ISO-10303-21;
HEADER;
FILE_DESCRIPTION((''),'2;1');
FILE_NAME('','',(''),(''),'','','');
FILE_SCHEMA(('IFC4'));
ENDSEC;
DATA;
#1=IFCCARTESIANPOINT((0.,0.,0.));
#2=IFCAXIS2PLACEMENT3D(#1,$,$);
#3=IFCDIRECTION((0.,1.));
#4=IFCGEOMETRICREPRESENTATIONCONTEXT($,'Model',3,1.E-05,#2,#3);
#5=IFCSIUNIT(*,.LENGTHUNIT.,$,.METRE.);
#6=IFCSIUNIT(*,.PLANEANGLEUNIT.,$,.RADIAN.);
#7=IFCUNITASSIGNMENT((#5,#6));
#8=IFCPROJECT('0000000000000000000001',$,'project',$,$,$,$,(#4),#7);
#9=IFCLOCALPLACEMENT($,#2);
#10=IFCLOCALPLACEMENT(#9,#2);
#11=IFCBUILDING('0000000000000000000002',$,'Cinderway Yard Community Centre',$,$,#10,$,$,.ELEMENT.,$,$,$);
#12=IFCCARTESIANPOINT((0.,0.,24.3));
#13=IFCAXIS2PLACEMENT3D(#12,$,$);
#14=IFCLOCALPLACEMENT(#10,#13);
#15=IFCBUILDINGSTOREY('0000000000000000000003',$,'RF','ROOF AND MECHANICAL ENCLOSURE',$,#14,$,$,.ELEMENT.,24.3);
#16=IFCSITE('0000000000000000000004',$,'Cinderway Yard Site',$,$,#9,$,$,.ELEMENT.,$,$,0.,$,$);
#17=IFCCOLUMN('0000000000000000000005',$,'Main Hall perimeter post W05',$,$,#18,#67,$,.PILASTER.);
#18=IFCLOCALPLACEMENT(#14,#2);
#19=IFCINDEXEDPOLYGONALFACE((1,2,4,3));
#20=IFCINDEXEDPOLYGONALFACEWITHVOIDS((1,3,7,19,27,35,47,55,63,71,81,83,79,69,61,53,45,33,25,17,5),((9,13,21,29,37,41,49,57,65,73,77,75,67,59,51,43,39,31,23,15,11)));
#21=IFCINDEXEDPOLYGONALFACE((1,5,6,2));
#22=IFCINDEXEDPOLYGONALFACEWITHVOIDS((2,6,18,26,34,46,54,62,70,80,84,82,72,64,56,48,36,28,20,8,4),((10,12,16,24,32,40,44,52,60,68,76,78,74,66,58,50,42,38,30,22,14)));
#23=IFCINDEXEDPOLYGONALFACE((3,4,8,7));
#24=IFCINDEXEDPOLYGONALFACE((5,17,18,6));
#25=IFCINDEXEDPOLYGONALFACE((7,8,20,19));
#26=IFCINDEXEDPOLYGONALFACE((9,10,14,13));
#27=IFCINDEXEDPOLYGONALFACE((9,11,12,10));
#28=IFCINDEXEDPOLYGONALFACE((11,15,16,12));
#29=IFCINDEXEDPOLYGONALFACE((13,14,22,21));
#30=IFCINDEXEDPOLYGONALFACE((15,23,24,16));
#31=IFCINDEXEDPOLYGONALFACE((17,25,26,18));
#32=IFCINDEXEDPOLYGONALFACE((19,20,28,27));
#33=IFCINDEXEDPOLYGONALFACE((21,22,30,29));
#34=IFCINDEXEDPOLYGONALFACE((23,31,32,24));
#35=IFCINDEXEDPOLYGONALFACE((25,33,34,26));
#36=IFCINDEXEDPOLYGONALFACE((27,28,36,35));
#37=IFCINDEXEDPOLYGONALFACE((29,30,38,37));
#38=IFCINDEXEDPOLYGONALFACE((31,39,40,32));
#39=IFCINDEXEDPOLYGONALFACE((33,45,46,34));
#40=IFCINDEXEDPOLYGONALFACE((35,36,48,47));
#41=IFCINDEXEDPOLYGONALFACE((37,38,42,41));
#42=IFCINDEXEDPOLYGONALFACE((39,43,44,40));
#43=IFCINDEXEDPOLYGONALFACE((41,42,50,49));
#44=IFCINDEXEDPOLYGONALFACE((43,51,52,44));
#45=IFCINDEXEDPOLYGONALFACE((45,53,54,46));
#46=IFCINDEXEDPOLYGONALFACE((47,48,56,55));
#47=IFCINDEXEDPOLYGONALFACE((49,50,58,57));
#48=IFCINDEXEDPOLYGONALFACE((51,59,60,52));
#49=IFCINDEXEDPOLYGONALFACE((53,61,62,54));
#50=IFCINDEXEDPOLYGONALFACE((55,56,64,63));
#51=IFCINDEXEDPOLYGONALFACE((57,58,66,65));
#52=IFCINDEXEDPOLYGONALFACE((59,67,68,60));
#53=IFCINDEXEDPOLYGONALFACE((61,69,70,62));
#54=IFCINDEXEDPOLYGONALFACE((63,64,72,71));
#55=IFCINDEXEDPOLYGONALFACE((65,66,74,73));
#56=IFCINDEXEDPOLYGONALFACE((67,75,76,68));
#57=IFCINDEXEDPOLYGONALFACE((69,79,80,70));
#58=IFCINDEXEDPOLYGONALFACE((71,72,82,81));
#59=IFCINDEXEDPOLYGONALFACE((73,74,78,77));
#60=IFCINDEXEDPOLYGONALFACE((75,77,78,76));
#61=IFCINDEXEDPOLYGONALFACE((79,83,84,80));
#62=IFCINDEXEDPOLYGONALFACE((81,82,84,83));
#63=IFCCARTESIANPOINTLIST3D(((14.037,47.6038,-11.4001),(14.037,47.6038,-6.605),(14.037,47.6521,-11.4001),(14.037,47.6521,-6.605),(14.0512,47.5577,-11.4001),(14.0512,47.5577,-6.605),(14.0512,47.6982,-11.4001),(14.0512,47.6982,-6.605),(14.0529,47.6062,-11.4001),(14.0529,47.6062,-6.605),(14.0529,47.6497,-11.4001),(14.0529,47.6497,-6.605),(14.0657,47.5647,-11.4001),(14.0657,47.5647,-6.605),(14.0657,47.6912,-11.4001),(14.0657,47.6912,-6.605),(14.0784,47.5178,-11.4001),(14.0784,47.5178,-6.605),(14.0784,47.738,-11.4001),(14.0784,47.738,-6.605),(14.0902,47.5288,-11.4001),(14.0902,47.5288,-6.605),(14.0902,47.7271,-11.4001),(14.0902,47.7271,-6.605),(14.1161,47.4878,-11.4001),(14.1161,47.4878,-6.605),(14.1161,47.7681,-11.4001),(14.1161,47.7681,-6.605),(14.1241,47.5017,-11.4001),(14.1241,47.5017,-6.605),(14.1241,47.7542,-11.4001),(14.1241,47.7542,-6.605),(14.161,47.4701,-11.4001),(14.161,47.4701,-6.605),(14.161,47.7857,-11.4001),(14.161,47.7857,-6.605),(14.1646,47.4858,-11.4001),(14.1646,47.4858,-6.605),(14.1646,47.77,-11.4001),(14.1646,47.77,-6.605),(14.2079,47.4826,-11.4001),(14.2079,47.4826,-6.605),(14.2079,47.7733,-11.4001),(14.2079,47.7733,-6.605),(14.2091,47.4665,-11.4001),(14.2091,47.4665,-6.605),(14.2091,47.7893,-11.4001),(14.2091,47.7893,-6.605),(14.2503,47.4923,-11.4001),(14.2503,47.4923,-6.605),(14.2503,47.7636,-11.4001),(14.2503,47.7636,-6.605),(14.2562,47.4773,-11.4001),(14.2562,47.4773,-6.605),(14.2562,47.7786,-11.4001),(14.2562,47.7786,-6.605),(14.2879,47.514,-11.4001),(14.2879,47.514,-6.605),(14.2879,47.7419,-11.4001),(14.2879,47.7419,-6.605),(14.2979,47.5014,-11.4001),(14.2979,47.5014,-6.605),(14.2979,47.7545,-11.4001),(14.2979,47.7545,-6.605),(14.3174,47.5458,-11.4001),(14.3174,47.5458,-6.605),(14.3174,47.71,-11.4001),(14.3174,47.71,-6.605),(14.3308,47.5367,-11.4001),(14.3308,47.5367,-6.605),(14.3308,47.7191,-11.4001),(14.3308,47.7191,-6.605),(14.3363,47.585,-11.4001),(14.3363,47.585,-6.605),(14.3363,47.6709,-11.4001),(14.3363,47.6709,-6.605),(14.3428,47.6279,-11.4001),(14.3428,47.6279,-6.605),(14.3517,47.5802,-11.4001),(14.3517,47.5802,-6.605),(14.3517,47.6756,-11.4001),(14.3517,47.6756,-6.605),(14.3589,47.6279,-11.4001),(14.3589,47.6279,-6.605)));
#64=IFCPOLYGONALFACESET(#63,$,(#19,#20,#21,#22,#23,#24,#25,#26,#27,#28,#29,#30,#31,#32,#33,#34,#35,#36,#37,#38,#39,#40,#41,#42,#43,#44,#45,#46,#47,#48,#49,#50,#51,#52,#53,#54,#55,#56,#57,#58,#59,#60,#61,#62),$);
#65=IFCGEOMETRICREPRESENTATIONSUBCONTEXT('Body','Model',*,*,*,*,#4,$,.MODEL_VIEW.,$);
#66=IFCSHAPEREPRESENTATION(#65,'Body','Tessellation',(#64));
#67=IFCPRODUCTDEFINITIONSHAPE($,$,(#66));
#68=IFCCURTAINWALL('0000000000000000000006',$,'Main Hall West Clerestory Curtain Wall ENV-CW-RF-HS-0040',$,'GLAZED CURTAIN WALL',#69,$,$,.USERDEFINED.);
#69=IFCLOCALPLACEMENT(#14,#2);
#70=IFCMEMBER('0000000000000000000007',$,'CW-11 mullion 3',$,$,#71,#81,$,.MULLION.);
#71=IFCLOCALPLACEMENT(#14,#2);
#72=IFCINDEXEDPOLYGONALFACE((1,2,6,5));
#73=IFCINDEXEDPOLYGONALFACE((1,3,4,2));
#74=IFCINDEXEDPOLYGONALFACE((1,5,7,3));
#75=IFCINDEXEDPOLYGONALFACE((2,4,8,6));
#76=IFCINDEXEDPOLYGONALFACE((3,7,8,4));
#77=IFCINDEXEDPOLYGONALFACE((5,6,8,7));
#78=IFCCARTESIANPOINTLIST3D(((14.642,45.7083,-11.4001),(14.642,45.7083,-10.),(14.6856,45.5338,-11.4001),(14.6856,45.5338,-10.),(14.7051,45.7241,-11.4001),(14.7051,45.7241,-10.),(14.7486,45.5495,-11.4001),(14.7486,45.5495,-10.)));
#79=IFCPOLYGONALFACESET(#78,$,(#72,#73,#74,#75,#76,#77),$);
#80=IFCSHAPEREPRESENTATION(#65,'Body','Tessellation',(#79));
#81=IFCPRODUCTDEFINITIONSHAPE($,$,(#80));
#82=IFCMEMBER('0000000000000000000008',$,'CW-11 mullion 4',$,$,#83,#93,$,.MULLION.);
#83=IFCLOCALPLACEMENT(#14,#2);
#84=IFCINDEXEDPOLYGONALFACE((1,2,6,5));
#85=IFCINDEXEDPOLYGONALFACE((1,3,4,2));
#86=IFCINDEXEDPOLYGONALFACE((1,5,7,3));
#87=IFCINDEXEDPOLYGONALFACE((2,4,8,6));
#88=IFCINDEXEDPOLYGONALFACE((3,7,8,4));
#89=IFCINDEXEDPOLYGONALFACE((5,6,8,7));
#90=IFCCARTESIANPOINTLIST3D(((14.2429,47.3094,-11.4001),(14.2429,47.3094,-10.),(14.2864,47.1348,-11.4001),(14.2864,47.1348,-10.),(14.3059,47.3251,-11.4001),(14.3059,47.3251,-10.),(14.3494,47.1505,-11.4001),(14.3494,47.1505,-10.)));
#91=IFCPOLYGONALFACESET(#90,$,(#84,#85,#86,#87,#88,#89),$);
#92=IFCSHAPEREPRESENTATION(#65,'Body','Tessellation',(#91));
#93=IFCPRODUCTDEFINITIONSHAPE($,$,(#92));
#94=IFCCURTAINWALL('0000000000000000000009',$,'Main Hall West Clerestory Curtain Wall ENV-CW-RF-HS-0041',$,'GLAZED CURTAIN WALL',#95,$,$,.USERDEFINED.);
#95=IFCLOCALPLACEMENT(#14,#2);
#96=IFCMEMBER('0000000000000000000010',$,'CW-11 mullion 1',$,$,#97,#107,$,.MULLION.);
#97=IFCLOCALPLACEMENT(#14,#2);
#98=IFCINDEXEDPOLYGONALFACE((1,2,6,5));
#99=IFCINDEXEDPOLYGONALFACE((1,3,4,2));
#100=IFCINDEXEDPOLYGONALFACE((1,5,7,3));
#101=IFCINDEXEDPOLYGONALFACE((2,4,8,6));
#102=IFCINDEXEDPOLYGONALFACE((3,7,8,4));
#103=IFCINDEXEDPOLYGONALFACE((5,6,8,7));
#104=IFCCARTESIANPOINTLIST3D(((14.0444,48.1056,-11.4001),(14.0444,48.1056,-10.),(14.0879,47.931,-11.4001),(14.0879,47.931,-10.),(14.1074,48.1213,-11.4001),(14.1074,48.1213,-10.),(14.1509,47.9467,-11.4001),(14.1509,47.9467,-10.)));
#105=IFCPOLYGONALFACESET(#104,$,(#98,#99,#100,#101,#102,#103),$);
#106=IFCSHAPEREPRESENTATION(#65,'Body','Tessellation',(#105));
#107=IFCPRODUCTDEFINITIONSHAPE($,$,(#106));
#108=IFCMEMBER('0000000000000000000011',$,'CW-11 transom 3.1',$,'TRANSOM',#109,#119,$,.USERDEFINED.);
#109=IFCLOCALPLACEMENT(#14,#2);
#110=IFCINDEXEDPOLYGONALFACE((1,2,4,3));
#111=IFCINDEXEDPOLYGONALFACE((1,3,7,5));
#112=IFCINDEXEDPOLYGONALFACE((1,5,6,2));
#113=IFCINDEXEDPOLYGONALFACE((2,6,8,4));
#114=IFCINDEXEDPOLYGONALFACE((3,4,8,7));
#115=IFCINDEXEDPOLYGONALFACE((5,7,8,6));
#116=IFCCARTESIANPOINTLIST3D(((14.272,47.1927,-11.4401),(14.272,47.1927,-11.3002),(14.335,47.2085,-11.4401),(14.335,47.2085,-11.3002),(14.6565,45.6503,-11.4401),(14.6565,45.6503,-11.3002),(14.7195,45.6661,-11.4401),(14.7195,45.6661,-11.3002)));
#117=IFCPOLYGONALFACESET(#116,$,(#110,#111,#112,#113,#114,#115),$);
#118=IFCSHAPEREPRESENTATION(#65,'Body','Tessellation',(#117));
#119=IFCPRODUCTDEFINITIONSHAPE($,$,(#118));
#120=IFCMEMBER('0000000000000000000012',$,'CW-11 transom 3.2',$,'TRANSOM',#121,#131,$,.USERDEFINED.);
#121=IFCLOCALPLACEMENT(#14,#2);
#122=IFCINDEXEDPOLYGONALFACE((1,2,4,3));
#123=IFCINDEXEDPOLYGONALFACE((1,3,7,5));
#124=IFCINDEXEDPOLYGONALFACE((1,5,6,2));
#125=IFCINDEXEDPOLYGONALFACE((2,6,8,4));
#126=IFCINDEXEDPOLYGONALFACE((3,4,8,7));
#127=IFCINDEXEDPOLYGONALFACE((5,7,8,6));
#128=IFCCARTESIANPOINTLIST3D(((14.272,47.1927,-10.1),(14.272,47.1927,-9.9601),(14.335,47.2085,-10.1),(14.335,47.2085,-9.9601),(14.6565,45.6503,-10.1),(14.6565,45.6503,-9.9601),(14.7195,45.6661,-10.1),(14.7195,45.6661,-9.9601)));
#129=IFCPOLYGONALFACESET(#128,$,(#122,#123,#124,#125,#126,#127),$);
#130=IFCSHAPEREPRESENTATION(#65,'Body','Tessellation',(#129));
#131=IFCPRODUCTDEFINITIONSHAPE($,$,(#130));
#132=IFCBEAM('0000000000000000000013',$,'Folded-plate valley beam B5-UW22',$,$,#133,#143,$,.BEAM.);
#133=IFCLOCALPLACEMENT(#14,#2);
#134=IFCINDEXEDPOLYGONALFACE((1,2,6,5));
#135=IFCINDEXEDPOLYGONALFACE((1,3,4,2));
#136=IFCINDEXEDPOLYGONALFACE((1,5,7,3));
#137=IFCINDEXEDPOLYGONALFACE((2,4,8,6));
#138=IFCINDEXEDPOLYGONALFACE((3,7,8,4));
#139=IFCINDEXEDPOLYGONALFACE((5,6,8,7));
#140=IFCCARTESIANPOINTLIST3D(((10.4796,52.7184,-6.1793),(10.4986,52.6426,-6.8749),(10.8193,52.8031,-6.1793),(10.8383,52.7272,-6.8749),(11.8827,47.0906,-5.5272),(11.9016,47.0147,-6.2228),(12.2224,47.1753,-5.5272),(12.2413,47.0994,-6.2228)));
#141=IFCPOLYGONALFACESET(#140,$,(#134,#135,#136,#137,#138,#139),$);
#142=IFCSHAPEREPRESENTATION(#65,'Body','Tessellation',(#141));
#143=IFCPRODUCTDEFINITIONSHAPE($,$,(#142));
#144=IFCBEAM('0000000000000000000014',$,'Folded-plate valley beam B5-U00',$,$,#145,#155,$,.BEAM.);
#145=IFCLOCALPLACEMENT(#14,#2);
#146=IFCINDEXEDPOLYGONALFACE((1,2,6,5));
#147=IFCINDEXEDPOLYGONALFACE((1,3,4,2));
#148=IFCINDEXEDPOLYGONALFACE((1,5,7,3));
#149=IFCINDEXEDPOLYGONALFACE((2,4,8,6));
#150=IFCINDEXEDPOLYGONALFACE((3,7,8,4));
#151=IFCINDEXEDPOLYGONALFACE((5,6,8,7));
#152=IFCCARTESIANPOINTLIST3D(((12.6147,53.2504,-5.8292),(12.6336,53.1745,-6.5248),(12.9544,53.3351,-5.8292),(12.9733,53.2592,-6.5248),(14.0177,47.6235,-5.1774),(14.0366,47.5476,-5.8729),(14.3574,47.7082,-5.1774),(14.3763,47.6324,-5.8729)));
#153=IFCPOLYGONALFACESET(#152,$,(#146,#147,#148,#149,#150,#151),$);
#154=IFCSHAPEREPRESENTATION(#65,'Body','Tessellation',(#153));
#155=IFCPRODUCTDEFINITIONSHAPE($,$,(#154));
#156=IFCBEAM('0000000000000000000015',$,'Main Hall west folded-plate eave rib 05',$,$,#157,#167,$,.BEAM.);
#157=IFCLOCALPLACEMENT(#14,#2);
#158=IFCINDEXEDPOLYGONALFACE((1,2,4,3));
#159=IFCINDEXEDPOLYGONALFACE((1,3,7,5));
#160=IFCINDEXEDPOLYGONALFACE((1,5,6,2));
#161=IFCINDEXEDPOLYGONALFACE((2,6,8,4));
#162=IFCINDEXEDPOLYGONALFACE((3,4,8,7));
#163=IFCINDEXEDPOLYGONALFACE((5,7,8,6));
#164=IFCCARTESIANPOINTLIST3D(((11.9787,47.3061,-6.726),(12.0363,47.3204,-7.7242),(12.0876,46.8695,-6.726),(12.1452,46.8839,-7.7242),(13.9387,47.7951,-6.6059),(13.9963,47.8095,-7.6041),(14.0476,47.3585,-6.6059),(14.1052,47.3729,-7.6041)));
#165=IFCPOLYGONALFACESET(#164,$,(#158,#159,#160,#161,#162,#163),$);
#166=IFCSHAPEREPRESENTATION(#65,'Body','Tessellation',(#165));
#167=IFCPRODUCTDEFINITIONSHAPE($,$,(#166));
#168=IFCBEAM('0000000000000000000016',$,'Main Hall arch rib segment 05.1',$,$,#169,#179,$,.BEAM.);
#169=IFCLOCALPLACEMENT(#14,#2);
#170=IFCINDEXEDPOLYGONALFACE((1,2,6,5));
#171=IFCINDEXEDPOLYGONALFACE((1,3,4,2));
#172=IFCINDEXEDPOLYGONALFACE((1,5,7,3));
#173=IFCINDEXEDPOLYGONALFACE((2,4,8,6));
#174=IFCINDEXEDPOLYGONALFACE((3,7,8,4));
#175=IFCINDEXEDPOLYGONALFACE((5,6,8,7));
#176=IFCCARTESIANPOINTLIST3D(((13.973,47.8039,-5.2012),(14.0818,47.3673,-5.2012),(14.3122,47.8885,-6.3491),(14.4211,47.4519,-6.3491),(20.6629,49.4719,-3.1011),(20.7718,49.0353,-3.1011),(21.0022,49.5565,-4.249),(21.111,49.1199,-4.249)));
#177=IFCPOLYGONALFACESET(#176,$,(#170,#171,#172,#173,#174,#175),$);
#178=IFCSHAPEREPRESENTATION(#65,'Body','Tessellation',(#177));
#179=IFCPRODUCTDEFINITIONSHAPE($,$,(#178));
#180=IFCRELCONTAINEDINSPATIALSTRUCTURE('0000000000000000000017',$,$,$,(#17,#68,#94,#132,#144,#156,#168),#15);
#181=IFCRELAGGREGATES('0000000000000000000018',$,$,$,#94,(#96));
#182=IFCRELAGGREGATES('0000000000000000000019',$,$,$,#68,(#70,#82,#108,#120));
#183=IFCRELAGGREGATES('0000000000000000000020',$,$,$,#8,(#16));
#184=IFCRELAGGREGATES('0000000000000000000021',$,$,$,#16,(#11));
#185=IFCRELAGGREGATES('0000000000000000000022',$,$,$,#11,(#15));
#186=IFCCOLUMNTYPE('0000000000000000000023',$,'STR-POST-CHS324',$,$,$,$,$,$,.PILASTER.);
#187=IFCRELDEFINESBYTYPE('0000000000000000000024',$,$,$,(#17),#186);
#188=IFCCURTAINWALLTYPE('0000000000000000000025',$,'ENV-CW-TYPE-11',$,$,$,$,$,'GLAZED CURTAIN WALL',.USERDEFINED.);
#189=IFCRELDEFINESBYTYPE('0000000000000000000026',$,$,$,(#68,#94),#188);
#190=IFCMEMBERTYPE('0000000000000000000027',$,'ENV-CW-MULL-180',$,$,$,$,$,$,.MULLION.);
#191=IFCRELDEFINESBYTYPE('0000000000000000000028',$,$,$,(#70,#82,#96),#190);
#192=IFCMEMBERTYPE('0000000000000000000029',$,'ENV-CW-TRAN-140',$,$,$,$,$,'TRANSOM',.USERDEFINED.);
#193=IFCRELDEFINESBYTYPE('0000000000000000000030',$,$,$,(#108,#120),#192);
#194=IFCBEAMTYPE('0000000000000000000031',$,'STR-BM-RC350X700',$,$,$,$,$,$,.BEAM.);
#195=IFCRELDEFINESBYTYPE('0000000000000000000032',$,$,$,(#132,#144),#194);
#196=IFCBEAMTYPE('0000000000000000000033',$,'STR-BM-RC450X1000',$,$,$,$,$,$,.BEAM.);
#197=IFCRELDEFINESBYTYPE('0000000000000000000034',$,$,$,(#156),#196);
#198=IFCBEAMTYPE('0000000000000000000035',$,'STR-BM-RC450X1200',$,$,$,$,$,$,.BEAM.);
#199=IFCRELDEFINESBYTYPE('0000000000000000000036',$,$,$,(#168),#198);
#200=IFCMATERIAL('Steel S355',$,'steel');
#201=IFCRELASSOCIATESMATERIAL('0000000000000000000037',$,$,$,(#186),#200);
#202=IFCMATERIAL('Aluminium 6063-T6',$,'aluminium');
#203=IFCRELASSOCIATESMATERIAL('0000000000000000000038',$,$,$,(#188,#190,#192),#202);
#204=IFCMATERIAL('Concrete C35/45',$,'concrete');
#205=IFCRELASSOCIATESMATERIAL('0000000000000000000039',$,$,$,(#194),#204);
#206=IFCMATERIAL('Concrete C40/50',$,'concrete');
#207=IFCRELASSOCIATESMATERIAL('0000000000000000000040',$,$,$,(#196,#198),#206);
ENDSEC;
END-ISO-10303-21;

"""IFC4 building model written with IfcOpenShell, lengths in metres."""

from ifc_helpers import new_model, si_unit, direction, frame, origin, origin_2d, place, context, subcontext, project, spatial, rectangle, hollow_circle, extrude, material, material_profile, profile_set, type_object, element, aggregate, save


model = new_model("IFC4")

# Units and contexts
model_context = context("Model", 3, precision=1e-05, world=origin(), true_north=direction((0.0, 1.0)))
body_context = subcontext(model_context, "Body", "Model", "MODEL_VIEW")
ifc_project = project(units=[si_unit("LENGTHUNIT", "METRE"), si_unit("PLANEANGLEUNIT", "RADIAN")], contexts=[model_context])

# Site, building, storey
site_placement = place(None, origin())
site = spatial("IfcSite", under=ifc_project, at=site_placement, Name="Cinderway Yard Site", CompositionType="ELEMENT", RefElevation=0.0)
building_placement = place(site_placement, origin())
building = spatial("IfcBuilding", under=site, at=building_placement, Name="Cinderway Yard Community Centre", CompositionType="ELEMENT")
storey_placement = place(building_placement, frame((0.0, 0.0, 24.3)))
storey = spatial("IfcBuildingStorey", under=building, at=storey_placement, Name="RF", Description="ROOF AND MECHANICAL ENCLOSURE", CompositionType="ELEMENT", Elevation=24.3)

# Column
ifc_material_1 = material(Name="Steel S355", Category="steel")
ifc_material_profile_1 = material_profile(ifc_material_1, hollow_circle(Radius=0.1619, WallThickness=0.0161, at=origin_2d()), Name="Steel S355")
ifc_profile_set_1 = profile_set([ifc_material_profile_1], Name="Steel S355")
column_type = type_object("IfcColumnType", Name="STR-POST-CHS324", PredefinedType="PILASTER", material=ifc_profile_set_1)
column_placement = place(storey_placement, frame((14.197, 47.6279, -11.4001), z_axis=(0.0, 0.0, 1.0), x_axis=(1.0, 0.0, 0.0)))
element("IfcColumn", 1, at=column_placement, inside=storey, type_object=column_type, Name="Main Hall perimeter post W05", PredefinedType="PILASTER", context=body_context, shape_type="SweptSolid", body=[
    extrude(hollow_circle(Radius=0.1619, WallThickness=0.0161, at=origin_2d()), origin(), (0.0, 0.0, 1.0), 4.7952),
])

# Curtain wall, members
ifc_material_2 = material(Name="Aluminium 6063-T6", Category="aluminium")
curtain_wall_type = type_object("IfcCurtainWallType", Name="ENV-CW-TYPE-11", ElementType="GLAZED CURTAIN WALL", PredefinedType="USERDEFINED", material=ifc_material_2)
curtain_wall_1_placement = place(storey_placement, origin())
curtain_wall_1 = element("IfcCurtainWall", 2, at=curtain_wall_1_placement, inside=storey, type_object=curtain_wall_type, Name="Main Hall West Clerestory Curtain Wall ENV-CW-RF-HS-0040", ObjectType="GLAZED CURTAIN WALL", PredefinedType="USERDEFINED")
ifc_material_profile_2 = material_profile(ifc_material_2, rectangle(XDim=0.0649, YDim=0.1799, at=origin_2d()), Name="Aluminium 6063-T6")
ifc_profile_set_2 = profile_set([ifc_material_profile_2], Name="Aluminium 6063-T6")
member_type_1 = type_object("IfcMemberType", Name="ENV-CW-MULL-180", PredefinedType="MULLION", material=ifc_profile_set_2)
member_1_placement = place(storey_placement, frame((14.6953, 45.6289, -11.4001), z_axis=(0.0, 0.0, 1.0), x_axis=(-0.970306, -0.241882, 0.0)))
member_1 = element("IfcMember", 3, at=member_1_placement, type_object=member_type_1, Name="CW-11 mullion 3", PredefinedType="MULLION", context=body_context, shape_type="SweptSolid", body=[
    extrude(rectangle(XDim=0.0649, YDim=0.1799, at=origin_2d()), origin(), (0.0, 0.0, 1.0), 1.4001),
])
member_2_placement = place(storey_placement, frame((14.2961, 47.23, -11.4001), z_axis=(0.0, 0.0, 1.0), x_axis=(-0.970306, -0.241882, 0.0)))
member_2 = element("IfcMember", 4, at=member_2_placement, type_object=member_type_1, Name="CW-11 mullion 4", PredefinedType="MULLION", context=body_context, shape_type="SweptSolid", body=[
    extrude(rectangle(XDim=0.0649, YDim=0.1799, at=origin_2d()), origin(), (0.0, 0.0, 1.0), 1.4001),
])

# Curtain wall, member
curtain_wall_2_placement = place(storey_placement, origin())
curtain_wall_2 = element("IfcCurtainWall", 5, at=curtain_wall_2_placement, inside=storey, type_object=curtain_wall_type, Name="Main Hall West Clerestory Curtain Wall ENV-CW-RF-HS-0041", ObjectType="GLAZED CURTAIN WALL", PredefinedType="USERDEFINED")
member_3_placement = place(storey_placement, frame((14.0977, 48.0261, -11.4001), z_axis=(0.0, 0.0, 1.0), x_axis=(-0.970294, -0.241929, 0.0)))
member_3 = element("IfcMember", 6, at=member_3_placement, type_object=member_type_1, Name="CW-11 mullion 1", PredefinedType="MULLION", context=body_context, shape_type="SweptSolid", body=[
    extrude(rectangle(XDim=0.0649, YDim=0.1799, at=origin_2d()), origin(), (0.0, 0.0, 1.0), 1.4001),
])
aggregate(curtain_wall_2, [member_3])

# Members
ifc_material_profile_3 = material_profile(ifc_material_2, rectangle(XDim=0.0649, YDim=0.1399, at=origin_2d()), Name="Aluminium 6063-T6")
ifc_profile_set_3 = profile_set([ifc_material_profile_3], Name="Aluminium 6063-T6")
member_type_2 = type_object("IfcMemberType", Name="ENV-CW-TRAN-140", ElementType="TRANSOM", PredefinedType="USERDEFINED", material=ifc_profile_set_3)
member_4_placement = place(storey_placement, frame((14.688, 45.6582, -11.3701), z_axis=(-0.241885, 0.970305, 0.0), x_axis=(-0.970305, -0.241885, 0.0)))
member_4 = element("IfcMember", 7, at=member_4_placement, type_object=member_type_2, Name="CW-11 transom 3.1", ObjectType="TRANSOM", PredefinedType="USERDEFINED", context=body_context, shape_type="SweptSolid", body=[
    extrude(rectangle(XDim=0.0649, YDim=0.1399, at=origin_2d()), origin(), (0.0, 0.0, 1.0), 1.5896),
])
member_5_placement = place(storey_placement, frame((14.688, 45.6582, -10.03), z_axis=(-0.241885, 0.970305, 0.0), x_axis=(-0.970305, -0.241885, 0.0)))
member_5 = element("IfcMember", 8, at=member_5_placement, type_object=member_type_2, Name="CW-11 transom 3.2", ObjectType="TRANSOM", PredefinedType="USERDEFINED", context=body_context, shape_type="SweptSolid", body=[
    extrude(rectangle(XDim=0.0649, YDim=0.1399, at=origin_2d()), origin(), (0.0, 0.0, 1.0), 1.5896),
])

# Beams
ifc_material_3 = material(Name="Concrete C35/45", Category="concrete")
ifc_material_profile_4 = material_profile(ifc_material_3, rectangle(XDim=0.3501, YDim=0.7, at=origin_2d()), Name="Concrete C35/45")
ifc_profile_set_4 = profile_set([ifc_material_profile_4], Name="Concrete C35/45")
beam_type_1 = type_object("IfcBeamType", Name="STR-BM-RC350X700", PredefinedType="BEAM", material=ifc_profile_set_4)
beam_1_placement = place(storey_placement, frame((12.062, 47.095, -5.875), z_axis=(-0.240387, 0.964226, -0.111723), x_axis=(-0.970301, -0.241902, 0.0)))
element("IfcBeam", 9, at=beam_1_placement, inside=storey, type_object=beam_type_1, Name="Folded-plate valley beam B5-UW22", PredefinedType="BEAM", context=body_context, shape_type="SweptSolid", body=[
    extrude(rectangle(XDim=0.3501, YDim=0.7, at=origin_2d()), origin(), (0.0, 0.0, 1.0), 5.8367),
])
beam_2_placement = place(storey_placement, frame((14.197, 47.6279, -5.5251), z_axis=(-0.240427, 0.964219, -0.1117), x_axis=(-0.970291, -0.241941, 0.0)))
element("IfcBeam", 10, at=beam_2_placement, inside=storey, type_object=beam_type_1, Name="Folded-plate valley beam B5-U00", PredefinedType="BEAM", context=body_context, shape_type="SweptSolid", body=[
    extrude(rectangle(XDim=0.3501, YDim=0.7, at=origin_2d()), origin(), (0.0, 0.0, 1.0), 5.8357),
])
ifc_material_4 = material(Name="Concrete C40/50", Category="concrete")
ifc_material_profile_5 = material_profile(ifc_material_4, rectangle(XDim=0.45, YDim=1.0, at=origin_2d()), Name="Concrete C40/50")
ifc_profile_set_5 = profile_set([ifc_material_profile_5], Name="Concrete C40/50")
beam_type_2 = type_object("IfcBeamType", Name="STR-BM-RC450X1000", PredefinedType="BEAM", material=ifc_profile_set_5)
beam_3_placement = place(storey_placement, frame((14.022, 47.584, -7.105), z_axis=(-0.968545, -0.241654, -0.059358), x_axis=(0.242081, -0.970256, 0.0)))
element("IfcBeam", 11, at=beam_3_placement, inside=storey, type_object=beam_type_2, Name="Main Hall west folded-plate eave rib 05", PredefinedType="BEAM", context=body_context, shape_type="SweptSolid", body=[
    extrude(rectangle(XDim=0.45, YDim=1.0, at=origin_2d()), origin(), (0.0, 0.0, 1.0), 2.0237),
])
ifc_material_profile_6 = material_profile(ifc_material_4, rectangle(XDim=0.45, YDim=1.2, at=origin_2d()), Name="Concrete C40/50")
ifc_profile_set_6 = profile_set([ifc_material_profile_6], Name="Concrete C40/50")
beam_type_3 = type_object("IfcBeamType", Name="STR-BM-RC450X1200", PredefinedType="BEAM", material=ifc_profile_set_6)
beam_4_placement = place(storey_placement, frame((14.197, 47.6279, -5.7751), z_axis=(0.928194, 0.231422, 0.291377), x_axis=(-0.241919, 0.970296, 0.0)))
element("IfcBeam", 12, at=beam_4_placement, inside=storey, type_object=beam_type_3, Name="Main Hall arch rib segment 05.1", PredefinedType="BEAM", context=body_context, shape_type="SweptSolid", body=[
    extrude(rectangle(XDim=0.45, YDim=1.2, at=origin_2d()), origin(), (0.0, 0.0, 1.0), 7.2075),
])

aggregate(curtain_wall_1, [member_1, member_2, member_4, member_5])

save(model, "model.ifc")
